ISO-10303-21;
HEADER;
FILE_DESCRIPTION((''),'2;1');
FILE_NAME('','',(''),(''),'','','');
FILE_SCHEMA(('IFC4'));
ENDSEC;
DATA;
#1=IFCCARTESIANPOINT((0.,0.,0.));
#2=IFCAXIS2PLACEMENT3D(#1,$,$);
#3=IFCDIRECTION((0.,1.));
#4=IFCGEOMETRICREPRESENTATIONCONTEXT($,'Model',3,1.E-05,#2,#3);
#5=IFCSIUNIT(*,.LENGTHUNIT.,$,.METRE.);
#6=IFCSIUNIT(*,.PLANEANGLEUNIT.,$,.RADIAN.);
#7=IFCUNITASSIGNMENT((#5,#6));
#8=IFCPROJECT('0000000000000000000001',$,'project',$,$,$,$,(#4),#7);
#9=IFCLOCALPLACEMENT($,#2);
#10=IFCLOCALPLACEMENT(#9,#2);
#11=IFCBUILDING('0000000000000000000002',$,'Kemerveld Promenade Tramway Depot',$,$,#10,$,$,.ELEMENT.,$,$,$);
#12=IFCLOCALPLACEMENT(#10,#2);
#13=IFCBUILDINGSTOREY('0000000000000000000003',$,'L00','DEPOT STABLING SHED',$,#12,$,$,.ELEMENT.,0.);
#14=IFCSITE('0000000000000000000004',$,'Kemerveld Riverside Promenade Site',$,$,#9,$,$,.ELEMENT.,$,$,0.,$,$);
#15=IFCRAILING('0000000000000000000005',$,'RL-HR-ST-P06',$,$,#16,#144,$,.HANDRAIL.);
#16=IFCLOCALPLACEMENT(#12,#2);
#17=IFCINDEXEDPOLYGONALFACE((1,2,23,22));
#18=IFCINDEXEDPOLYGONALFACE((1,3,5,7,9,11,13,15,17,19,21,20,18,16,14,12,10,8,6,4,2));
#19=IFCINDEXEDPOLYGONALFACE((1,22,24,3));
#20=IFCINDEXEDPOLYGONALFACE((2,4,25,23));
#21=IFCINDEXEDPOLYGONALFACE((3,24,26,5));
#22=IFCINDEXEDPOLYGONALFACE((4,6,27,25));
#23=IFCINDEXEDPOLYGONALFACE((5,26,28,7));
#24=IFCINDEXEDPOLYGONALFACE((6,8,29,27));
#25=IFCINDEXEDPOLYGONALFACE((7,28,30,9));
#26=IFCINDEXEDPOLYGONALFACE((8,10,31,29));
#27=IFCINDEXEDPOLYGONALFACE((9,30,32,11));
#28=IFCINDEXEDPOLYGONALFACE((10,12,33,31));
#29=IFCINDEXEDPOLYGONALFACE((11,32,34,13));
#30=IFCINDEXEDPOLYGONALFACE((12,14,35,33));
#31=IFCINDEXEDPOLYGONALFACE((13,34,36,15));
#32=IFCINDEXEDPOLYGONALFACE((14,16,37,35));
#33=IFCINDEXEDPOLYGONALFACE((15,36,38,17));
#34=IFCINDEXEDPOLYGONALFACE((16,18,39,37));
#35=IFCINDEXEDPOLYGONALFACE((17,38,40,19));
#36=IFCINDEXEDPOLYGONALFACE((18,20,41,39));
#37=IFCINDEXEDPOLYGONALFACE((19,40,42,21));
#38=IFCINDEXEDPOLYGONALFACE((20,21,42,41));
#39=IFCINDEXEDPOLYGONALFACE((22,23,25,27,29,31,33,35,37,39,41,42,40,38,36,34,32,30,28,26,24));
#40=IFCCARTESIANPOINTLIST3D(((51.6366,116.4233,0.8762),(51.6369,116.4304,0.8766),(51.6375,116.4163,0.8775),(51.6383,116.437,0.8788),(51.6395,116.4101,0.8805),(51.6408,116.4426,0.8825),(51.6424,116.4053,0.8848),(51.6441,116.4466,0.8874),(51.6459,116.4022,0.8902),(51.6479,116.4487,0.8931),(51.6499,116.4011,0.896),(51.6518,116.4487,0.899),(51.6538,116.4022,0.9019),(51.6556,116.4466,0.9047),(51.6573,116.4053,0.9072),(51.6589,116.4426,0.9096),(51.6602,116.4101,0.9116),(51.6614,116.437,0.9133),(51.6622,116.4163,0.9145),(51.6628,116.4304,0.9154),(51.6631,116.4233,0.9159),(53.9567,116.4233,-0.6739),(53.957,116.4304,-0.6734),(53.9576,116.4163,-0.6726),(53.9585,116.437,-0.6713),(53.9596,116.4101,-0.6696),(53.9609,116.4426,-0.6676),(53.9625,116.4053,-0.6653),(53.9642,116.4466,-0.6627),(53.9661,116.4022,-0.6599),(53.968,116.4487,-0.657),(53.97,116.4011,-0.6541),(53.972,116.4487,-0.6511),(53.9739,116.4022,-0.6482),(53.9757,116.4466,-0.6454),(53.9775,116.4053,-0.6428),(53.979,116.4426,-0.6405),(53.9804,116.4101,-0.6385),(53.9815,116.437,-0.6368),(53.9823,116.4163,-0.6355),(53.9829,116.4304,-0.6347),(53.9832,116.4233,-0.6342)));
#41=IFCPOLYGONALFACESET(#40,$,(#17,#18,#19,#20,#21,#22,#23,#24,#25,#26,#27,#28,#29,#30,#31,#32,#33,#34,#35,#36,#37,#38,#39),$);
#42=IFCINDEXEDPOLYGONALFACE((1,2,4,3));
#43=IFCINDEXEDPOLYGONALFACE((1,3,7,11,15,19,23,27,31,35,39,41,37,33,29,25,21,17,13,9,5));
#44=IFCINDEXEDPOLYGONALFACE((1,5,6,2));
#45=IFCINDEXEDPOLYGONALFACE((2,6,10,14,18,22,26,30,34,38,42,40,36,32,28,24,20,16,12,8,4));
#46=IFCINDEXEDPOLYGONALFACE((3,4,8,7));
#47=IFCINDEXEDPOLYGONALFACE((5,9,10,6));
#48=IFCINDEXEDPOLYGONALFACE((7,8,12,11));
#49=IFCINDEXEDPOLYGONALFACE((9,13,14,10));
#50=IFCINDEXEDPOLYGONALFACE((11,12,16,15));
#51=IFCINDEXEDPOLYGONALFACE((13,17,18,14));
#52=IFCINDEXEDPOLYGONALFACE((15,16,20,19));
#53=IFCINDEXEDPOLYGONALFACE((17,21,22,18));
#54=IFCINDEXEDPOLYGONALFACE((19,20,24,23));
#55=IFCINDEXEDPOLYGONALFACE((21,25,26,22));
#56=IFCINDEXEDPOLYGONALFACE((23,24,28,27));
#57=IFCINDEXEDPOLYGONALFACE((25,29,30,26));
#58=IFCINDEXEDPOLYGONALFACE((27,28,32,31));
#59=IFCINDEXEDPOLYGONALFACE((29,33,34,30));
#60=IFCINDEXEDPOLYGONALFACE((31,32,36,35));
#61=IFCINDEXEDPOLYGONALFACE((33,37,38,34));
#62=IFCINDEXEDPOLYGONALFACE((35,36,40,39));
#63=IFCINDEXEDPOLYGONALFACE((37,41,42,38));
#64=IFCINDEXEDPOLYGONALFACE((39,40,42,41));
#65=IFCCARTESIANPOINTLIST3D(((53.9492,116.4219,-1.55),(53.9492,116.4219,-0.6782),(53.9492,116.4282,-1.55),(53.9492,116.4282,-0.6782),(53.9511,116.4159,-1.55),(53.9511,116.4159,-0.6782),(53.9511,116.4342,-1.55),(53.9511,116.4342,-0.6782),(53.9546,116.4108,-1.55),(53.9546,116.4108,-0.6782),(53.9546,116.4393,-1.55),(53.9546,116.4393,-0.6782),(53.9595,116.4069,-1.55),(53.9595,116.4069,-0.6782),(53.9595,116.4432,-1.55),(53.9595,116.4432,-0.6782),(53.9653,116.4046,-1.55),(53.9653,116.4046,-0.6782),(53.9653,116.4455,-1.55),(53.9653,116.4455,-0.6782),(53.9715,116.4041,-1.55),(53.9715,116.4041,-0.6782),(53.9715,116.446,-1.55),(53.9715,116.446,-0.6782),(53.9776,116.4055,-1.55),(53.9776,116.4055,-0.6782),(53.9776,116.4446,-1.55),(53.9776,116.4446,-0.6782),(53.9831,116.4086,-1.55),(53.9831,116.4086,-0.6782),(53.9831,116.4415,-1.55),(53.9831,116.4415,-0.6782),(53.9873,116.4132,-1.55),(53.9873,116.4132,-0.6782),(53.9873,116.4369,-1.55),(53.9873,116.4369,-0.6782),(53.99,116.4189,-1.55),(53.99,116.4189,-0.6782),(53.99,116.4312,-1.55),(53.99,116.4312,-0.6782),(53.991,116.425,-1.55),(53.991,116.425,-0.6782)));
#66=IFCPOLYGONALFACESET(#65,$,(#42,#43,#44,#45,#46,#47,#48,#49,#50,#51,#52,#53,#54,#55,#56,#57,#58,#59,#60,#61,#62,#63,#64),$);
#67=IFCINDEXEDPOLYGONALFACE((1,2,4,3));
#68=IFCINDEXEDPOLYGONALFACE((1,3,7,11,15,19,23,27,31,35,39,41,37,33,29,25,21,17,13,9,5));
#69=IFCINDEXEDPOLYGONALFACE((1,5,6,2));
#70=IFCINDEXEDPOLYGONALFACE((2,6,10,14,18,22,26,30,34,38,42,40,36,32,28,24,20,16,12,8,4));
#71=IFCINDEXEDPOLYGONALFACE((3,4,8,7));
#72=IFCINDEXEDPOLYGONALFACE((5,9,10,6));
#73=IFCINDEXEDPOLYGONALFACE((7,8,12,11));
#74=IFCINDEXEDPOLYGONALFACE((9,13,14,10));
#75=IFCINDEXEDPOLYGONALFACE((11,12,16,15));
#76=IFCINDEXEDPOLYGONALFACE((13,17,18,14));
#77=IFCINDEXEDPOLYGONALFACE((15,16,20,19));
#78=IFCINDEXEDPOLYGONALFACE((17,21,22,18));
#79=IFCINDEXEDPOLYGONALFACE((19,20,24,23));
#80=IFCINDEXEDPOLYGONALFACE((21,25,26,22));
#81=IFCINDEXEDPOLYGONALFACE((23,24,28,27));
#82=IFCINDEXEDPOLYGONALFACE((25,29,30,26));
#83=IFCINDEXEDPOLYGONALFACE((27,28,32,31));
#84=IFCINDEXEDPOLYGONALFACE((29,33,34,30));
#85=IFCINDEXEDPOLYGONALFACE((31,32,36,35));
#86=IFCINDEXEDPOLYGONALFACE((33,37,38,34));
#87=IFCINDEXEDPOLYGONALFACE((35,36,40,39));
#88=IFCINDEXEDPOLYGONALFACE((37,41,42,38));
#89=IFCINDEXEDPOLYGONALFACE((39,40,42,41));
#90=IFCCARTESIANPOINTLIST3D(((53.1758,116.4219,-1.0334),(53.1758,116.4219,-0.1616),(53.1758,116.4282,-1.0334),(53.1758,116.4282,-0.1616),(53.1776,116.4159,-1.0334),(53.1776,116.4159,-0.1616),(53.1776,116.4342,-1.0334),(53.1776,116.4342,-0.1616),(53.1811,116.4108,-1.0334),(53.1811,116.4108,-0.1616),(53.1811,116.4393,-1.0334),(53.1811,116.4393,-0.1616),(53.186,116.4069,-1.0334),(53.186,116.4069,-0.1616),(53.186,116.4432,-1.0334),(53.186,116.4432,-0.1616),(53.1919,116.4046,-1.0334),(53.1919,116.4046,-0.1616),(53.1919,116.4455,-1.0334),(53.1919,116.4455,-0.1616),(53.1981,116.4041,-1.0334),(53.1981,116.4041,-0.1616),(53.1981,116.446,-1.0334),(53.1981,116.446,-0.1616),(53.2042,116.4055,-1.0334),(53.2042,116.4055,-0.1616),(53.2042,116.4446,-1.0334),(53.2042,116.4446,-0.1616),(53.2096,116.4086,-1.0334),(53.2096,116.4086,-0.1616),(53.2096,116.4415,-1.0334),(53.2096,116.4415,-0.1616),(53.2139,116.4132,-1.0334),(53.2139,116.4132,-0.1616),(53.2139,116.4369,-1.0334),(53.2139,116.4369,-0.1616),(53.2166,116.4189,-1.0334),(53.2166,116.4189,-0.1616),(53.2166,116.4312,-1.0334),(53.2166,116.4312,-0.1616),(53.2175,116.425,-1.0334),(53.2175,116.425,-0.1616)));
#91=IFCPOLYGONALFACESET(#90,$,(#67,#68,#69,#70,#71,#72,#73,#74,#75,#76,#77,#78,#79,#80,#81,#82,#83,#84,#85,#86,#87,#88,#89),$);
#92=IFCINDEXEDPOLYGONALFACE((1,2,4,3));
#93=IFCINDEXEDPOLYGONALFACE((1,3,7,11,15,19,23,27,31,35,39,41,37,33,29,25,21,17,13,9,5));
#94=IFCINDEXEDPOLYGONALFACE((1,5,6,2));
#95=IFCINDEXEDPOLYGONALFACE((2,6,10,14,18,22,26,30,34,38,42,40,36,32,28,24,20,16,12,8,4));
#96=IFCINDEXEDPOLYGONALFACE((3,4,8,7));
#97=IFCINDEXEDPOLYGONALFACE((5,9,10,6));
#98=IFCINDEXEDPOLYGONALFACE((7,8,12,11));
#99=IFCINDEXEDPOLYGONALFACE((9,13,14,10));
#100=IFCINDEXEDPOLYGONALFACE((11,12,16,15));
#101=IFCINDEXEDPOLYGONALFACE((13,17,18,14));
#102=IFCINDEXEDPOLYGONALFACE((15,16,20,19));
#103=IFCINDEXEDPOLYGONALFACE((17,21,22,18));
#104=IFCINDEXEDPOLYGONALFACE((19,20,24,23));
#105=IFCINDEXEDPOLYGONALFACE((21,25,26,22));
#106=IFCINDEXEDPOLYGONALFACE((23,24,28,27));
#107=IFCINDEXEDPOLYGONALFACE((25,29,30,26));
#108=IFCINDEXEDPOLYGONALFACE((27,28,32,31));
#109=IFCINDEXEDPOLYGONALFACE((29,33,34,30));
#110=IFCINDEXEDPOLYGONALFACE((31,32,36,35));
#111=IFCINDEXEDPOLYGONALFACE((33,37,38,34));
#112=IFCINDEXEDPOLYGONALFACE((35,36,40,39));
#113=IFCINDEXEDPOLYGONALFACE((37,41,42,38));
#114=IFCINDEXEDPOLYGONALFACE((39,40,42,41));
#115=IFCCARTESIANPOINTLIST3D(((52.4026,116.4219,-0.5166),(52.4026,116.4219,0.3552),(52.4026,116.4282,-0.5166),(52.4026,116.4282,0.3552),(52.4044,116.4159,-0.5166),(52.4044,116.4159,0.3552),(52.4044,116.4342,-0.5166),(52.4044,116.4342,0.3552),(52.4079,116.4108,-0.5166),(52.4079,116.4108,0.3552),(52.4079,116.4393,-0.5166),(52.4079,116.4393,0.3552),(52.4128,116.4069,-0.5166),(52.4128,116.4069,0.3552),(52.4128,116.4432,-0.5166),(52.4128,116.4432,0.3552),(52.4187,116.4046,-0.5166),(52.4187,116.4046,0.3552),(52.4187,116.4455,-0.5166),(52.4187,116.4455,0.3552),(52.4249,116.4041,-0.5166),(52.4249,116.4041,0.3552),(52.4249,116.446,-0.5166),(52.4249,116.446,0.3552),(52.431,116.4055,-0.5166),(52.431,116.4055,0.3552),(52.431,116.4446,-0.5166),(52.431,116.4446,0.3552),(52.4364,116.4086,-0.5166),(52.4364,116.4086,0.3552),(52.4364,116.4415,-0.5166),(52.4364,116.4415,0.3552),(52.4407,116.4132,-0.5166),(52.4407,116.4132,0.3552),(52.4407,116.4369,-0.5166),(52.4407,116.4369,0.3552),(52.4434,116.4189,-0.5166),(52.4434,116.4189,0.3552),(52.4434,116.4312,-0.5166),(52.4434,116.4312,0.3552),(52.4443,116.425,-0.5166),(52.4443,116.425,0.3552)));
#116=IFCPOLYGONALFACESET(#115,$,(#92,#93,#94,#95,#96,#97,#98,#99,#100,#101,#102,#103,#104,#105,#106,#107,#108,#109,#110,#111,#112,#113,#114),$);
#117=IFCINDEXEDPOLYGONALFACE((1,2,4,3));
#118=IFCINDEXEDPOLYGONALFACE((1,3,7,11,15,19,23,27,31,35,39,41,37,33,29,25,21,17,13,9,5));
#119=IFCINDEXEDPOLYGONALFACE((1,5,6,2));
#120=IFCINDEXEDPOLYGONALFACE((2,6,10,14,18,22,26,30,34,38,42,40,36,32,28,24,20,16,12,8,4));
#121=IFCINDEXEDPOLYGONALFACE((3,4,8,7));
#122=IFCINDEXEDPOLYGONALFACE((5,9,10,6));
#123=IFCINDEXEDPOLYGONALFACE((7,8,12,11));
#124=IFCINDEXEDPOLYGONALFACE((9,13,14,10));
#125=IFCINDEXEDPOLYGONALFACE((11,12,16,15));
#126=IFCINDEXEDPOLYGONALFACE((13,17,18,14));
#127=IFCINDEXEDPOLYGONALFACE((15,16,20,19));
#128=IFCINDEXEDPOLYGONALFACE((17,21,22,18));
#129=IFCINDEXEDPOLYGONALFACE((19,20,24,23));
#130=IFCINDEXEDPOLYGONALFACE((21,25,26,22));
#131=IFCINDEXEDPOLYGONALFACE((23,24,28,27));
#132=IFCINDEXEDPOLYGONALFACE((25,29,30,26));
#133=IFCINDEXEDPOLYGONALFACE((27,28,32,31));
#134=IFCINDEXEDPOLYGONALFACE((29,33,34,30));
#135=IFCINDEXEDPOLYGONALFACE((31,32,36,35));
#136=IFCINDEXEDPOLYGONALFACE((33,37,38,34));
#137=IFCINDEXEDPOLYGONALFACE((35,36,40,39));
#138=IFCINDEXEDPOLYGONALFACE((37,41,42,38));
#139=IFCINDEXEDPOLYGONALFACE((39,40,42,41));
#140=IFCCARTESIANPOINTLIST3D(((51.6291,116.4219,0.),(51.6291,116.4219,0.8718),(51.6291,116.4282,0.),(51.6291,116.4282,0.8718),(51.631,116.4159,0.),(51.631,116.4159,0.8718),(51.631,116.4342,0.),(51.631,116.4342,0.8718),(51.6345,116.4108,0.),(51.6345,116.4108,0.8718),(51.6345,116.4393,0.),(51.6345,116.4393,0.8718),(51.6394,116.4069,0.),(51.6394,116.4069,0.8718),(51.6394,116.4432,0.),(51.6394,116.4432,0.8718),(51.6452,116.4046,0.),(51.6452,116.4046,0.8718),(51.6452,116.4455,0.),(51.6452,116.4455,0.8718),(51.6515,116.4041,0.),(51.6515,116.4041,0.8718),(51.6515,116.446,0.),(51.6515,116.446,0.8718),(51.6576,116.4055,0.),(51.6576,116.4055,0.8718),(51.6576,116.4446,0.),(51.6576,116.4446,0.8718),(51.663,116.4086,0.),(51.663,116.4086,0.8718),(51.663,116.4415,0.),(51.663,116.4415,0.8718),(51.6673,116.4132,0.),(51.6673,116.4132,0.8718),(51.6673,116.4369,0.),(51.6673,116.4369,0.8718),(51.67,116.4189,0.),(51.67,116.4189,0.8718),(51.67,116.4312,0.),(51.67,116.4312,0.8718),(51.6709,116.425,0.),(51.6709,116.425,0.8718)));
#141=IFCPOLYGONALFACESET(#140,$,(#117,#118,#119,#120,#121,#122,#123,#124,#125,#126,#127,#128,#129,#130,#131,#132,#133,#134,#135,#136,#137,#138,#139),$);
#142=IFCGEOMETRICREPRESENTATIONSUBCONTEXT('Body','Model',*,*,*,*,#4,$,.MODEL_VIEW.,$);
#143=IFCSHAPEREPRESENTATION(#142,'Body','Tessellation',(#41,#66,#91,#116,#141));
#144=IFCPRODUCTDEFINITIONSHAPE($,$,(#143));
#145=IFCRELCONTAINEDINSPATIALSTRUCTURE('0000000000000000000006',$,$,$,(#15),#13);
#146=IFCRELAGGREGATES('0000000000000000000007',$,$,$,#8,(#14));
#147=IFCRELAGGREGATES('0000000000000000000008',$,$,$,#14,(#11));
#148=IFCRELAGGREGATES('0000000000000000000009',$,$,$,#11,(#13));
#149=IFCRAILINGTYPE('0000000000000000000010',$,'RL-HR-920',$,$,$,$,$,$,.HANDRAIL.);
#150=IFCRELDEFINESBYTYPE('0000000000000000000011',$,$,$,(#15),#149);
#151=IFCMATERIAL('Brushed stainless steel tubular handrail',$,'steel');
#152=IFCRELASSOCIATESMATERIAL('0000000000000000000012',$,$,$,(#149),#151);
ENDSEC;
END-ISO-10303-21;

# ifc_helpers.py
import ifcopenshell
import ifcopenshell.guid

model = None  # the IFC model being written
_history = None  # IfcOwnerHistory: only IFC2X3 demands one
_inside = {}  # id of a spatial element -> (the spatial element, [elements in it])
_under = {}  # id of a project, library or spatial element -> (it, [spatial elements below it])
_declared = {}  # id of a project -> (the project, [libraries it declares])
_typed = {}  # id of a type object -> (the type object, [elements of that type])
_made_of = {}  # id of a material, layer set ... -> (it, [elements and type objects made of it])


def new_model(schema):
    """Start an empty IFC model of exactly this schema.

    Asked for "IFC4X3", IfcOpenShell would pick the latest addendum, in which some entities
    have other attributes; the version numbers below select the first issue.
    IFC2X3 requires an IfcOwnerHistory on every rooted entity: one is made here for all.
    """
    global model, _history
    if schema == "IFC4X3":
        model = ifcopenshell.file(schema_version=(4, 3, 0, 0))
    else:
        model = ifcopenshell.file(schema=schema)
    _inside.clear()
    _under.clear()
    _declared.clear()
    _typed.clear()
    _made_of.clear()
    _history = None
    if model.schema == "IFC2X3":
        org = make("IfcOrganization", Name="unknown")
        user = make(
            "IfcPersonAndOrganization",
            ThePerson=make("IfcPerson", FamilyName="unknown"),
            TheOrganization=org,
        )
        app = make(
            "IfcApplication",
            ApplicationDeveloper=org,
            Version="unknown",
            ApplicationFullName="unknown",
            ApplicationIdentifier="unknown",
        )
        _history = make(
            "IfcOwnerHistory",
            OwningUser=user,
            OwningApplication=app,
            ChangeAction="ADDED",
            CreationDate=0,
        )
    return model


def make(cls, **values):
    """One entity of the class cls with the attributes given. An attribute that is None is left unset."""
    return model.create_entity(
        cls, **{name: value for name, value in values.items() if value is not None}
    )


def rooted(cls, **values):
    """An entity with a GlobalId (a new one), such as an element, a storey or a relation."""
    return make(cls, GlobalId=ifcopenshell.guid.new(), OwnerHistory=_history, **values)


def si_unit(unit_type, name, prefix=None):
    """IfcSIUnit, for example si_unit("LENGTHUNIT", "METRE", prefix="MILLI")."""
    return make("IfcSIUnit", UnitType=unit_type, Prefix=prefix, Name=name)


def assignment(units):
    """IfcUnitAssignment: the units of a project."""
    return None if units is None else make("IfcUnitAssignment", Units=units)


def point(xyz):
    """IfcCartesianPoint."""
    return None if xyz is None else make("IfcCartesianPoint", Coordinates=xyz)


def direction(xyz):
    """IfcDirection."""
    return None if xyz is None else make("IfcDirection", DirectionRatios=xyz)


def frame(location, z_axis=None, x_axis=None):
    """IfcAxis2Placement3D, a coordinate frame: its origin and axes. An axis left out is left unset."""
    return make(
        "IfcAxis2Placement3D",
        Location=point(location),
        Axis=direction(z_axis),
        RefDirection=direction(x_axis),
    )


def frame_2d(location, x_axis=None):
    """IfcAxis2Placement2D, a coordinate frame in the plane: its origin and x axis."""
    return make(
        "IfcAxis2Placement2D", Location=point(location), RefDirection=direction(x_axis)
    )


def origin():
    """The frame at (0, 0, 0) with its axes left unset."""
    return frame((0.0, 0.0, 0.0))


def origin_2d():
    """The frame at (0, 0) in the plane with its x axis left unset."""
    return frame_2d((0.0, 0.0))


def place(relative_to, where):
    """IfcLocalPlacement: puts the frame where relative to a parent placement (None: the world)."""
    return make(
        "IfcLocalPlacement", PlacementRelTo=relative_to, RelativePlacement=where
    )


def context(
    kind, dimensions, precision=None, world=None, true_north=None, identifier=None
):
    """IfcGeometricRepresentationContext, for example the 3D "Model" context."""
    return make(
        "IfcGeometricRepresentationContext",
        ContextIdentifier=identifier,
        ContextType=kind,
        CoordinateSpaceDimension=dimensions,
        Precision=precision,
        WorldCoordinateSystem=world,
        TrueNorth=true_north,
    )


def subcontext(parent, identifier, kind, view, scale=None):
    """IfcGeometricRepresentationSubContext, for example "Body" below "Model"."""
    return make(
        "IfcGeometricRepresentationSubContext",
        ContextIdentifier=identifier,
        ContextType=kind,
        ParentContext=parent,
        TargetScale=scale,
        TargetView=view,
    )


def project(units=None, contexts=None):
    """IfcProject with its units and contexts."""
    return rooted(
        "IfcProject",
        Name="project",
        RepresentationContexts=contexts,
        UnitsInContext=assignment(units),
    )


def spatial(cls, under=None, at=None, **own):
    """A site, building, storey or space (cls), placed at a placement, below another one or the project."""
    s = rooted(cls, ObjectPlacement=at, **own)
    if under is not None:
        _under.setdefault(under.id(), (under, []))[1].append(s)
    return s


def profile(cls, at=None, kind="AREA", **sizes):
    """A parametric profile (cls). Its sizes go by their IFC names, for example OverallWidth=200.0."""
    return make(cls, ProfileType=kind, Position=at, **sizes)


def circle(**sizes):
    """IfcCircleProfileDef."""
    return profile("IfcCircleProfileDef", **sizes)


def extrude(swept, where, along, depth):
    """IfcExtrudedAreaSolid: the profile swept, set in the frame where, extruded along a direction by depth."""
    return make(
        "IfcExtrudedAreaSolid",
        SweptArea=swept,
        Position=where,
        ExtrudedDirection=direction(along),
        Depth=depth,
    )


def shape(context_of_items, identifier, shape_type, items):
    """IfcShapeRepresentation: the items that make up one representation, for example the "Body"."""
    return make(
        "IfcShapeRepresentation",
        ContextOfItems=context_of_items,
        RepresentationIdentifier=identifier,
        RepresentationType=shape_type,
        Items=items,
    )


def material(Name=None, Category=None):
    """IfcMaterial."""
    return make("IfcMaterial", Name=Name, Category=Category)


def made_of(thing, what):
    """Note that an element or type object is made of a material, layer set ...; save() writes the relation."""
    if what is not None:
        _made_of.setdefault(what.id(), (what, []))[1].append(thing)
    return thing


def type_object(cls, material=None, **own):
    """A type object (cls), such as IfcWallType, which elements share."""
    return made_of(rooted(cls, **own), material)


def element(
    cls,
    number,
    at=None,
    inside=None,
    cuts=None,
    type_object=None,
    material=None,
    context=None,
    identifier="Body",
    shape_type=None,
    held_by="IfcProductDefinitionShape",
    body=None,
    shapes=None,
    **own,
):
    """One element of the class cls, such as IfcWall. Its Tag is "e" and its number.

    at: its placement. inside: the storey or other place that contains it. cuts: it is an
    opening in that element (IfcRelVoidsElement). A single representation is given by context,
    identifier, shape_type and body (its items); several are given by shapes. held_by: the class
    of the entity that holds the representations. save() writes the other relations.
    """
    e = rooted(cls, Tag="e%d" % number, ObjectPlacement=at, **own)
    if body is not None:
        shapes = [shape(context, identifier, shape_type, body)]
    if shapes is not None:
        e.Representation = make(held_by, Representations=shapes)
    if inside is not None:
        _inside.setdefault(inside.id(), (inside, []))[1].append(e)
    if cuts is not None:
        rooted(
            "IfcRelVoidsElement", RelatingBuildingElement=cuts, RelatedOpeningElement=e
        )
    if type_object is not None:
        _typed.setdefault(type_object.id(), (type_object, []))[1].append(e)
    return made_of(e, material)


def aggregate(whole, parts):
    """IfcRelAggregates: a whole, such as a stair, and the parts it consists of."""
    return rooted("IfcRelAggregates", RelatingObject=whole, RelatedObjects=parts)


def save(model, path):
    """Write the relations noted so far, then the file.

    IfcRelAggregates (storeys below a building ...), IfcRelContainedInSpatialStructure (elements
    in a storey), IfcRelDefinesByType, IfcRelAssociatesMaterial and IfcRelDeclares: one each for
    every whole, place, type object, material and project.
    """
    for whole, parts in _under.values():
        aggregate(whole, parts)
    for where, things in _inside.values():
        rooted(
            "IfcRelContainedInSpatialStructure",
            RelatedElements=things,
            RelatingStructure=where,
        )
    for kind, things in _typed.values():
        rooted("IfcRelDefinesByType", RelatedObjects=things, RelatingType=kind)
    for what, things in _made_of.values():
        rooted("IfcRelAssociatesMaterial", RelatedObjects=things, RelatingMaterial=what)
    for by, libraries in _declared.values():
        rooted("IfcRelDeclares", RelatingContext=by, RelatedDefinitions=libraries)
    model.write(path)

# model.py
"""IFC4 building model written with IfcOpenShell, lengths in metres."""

from ifc_helpers import new_model, si_unit, direction, frame, origin, origin_2d, place, context, subcontext, project, spatial, circle, extrude, material, type_object, element, save


model = new_model("IFC4")

# Units and contexts
model_context = context("Model", 3, precision=1e-05, world=origin(), true_north=direction((0.0, 1.0)))
body_context = subcontext(model_context, "Body", "Model", "MODEL_VIEW")
ifc_project = project(units=[si_unit("LENGTHUNIT", "METRE"), si_unit("PLANEANGLEUNIT", "RADIAN")], contexts=[model_context])

# Site, building, storey
site_placement = place(None, origin())
site = spatial("IfcSite", under=ifc_project, at=site_placement, Name="Kemerveld Riverside Promenade Site", CompositionType="ELEMENT", RefElevation=0.0)
building_placement = place(site_placement, origin())
building = spatial("IfcBuilding", under=site, at=building_placement, Name="Kemerveld Promenade Tramway Depot", CompositionType="ELEMENT")
storey_placement = place(building_placement, origin())
storey = spatial("IfcBuildingStorey", under=building, at=storey_placement, Name="L00", Description="DEPOT STABLING SHED", CompositionType="ELEMENT", Elevation=0.0)

# Railing
ifc_material_1 = material(Name="Brushed stainless steel tubular handrail", Category="steel")
railing_type = type_object("IfcRailingType", Name="RL-HR-920", PredefinedType="HANDRAIL", material=ifc_material_1)
for number, where, name in (
    (1, (53.97, 116.425, -1.55), "RL-HR-ST-P06"),
):
    element("IfcRailing", number, at=place(storey_placement, frame(where)), inside=storey, type_object=railing_type, Name=name, PredefinedType="HANDRAIL", context=body_context, shape_type="SweptSolid", body=[
        extrude(circle(Radius=0.0239, at=origin_2d()), frame((0.0, 0.0, 0.896), z_axis=(-0.831498, 0.0, 0.555528), x_axis=(0.0, -1.0, 0.0)), (0.0, 0.0, 1.0), 2.7903),
        extrude(circle(Radius=0.021, at=origin_2d()), origin(), (0.0, 0.0, 1.0), 0.8718),
        extrude(circle(Radius=0.021, at=origin_2d()), frame((-0.7734, 0.0, 0.5166)), (0.0, 0.0, 1.0), 0.8718),
        extrude(circle(Radius=0.021, at=origin_2d()), frame((-1.5466, 0.0, 1.0334)), (0.0, 0.0, 1.0), 0.8718),
        extrude(circle(Radius=0.021, at=origin_2d()), frame((-2.3201, 0.0, 1.55)), (0.0, 0.0, 1.0), 0.8718),
    ])

save(model, "model.ifc")
